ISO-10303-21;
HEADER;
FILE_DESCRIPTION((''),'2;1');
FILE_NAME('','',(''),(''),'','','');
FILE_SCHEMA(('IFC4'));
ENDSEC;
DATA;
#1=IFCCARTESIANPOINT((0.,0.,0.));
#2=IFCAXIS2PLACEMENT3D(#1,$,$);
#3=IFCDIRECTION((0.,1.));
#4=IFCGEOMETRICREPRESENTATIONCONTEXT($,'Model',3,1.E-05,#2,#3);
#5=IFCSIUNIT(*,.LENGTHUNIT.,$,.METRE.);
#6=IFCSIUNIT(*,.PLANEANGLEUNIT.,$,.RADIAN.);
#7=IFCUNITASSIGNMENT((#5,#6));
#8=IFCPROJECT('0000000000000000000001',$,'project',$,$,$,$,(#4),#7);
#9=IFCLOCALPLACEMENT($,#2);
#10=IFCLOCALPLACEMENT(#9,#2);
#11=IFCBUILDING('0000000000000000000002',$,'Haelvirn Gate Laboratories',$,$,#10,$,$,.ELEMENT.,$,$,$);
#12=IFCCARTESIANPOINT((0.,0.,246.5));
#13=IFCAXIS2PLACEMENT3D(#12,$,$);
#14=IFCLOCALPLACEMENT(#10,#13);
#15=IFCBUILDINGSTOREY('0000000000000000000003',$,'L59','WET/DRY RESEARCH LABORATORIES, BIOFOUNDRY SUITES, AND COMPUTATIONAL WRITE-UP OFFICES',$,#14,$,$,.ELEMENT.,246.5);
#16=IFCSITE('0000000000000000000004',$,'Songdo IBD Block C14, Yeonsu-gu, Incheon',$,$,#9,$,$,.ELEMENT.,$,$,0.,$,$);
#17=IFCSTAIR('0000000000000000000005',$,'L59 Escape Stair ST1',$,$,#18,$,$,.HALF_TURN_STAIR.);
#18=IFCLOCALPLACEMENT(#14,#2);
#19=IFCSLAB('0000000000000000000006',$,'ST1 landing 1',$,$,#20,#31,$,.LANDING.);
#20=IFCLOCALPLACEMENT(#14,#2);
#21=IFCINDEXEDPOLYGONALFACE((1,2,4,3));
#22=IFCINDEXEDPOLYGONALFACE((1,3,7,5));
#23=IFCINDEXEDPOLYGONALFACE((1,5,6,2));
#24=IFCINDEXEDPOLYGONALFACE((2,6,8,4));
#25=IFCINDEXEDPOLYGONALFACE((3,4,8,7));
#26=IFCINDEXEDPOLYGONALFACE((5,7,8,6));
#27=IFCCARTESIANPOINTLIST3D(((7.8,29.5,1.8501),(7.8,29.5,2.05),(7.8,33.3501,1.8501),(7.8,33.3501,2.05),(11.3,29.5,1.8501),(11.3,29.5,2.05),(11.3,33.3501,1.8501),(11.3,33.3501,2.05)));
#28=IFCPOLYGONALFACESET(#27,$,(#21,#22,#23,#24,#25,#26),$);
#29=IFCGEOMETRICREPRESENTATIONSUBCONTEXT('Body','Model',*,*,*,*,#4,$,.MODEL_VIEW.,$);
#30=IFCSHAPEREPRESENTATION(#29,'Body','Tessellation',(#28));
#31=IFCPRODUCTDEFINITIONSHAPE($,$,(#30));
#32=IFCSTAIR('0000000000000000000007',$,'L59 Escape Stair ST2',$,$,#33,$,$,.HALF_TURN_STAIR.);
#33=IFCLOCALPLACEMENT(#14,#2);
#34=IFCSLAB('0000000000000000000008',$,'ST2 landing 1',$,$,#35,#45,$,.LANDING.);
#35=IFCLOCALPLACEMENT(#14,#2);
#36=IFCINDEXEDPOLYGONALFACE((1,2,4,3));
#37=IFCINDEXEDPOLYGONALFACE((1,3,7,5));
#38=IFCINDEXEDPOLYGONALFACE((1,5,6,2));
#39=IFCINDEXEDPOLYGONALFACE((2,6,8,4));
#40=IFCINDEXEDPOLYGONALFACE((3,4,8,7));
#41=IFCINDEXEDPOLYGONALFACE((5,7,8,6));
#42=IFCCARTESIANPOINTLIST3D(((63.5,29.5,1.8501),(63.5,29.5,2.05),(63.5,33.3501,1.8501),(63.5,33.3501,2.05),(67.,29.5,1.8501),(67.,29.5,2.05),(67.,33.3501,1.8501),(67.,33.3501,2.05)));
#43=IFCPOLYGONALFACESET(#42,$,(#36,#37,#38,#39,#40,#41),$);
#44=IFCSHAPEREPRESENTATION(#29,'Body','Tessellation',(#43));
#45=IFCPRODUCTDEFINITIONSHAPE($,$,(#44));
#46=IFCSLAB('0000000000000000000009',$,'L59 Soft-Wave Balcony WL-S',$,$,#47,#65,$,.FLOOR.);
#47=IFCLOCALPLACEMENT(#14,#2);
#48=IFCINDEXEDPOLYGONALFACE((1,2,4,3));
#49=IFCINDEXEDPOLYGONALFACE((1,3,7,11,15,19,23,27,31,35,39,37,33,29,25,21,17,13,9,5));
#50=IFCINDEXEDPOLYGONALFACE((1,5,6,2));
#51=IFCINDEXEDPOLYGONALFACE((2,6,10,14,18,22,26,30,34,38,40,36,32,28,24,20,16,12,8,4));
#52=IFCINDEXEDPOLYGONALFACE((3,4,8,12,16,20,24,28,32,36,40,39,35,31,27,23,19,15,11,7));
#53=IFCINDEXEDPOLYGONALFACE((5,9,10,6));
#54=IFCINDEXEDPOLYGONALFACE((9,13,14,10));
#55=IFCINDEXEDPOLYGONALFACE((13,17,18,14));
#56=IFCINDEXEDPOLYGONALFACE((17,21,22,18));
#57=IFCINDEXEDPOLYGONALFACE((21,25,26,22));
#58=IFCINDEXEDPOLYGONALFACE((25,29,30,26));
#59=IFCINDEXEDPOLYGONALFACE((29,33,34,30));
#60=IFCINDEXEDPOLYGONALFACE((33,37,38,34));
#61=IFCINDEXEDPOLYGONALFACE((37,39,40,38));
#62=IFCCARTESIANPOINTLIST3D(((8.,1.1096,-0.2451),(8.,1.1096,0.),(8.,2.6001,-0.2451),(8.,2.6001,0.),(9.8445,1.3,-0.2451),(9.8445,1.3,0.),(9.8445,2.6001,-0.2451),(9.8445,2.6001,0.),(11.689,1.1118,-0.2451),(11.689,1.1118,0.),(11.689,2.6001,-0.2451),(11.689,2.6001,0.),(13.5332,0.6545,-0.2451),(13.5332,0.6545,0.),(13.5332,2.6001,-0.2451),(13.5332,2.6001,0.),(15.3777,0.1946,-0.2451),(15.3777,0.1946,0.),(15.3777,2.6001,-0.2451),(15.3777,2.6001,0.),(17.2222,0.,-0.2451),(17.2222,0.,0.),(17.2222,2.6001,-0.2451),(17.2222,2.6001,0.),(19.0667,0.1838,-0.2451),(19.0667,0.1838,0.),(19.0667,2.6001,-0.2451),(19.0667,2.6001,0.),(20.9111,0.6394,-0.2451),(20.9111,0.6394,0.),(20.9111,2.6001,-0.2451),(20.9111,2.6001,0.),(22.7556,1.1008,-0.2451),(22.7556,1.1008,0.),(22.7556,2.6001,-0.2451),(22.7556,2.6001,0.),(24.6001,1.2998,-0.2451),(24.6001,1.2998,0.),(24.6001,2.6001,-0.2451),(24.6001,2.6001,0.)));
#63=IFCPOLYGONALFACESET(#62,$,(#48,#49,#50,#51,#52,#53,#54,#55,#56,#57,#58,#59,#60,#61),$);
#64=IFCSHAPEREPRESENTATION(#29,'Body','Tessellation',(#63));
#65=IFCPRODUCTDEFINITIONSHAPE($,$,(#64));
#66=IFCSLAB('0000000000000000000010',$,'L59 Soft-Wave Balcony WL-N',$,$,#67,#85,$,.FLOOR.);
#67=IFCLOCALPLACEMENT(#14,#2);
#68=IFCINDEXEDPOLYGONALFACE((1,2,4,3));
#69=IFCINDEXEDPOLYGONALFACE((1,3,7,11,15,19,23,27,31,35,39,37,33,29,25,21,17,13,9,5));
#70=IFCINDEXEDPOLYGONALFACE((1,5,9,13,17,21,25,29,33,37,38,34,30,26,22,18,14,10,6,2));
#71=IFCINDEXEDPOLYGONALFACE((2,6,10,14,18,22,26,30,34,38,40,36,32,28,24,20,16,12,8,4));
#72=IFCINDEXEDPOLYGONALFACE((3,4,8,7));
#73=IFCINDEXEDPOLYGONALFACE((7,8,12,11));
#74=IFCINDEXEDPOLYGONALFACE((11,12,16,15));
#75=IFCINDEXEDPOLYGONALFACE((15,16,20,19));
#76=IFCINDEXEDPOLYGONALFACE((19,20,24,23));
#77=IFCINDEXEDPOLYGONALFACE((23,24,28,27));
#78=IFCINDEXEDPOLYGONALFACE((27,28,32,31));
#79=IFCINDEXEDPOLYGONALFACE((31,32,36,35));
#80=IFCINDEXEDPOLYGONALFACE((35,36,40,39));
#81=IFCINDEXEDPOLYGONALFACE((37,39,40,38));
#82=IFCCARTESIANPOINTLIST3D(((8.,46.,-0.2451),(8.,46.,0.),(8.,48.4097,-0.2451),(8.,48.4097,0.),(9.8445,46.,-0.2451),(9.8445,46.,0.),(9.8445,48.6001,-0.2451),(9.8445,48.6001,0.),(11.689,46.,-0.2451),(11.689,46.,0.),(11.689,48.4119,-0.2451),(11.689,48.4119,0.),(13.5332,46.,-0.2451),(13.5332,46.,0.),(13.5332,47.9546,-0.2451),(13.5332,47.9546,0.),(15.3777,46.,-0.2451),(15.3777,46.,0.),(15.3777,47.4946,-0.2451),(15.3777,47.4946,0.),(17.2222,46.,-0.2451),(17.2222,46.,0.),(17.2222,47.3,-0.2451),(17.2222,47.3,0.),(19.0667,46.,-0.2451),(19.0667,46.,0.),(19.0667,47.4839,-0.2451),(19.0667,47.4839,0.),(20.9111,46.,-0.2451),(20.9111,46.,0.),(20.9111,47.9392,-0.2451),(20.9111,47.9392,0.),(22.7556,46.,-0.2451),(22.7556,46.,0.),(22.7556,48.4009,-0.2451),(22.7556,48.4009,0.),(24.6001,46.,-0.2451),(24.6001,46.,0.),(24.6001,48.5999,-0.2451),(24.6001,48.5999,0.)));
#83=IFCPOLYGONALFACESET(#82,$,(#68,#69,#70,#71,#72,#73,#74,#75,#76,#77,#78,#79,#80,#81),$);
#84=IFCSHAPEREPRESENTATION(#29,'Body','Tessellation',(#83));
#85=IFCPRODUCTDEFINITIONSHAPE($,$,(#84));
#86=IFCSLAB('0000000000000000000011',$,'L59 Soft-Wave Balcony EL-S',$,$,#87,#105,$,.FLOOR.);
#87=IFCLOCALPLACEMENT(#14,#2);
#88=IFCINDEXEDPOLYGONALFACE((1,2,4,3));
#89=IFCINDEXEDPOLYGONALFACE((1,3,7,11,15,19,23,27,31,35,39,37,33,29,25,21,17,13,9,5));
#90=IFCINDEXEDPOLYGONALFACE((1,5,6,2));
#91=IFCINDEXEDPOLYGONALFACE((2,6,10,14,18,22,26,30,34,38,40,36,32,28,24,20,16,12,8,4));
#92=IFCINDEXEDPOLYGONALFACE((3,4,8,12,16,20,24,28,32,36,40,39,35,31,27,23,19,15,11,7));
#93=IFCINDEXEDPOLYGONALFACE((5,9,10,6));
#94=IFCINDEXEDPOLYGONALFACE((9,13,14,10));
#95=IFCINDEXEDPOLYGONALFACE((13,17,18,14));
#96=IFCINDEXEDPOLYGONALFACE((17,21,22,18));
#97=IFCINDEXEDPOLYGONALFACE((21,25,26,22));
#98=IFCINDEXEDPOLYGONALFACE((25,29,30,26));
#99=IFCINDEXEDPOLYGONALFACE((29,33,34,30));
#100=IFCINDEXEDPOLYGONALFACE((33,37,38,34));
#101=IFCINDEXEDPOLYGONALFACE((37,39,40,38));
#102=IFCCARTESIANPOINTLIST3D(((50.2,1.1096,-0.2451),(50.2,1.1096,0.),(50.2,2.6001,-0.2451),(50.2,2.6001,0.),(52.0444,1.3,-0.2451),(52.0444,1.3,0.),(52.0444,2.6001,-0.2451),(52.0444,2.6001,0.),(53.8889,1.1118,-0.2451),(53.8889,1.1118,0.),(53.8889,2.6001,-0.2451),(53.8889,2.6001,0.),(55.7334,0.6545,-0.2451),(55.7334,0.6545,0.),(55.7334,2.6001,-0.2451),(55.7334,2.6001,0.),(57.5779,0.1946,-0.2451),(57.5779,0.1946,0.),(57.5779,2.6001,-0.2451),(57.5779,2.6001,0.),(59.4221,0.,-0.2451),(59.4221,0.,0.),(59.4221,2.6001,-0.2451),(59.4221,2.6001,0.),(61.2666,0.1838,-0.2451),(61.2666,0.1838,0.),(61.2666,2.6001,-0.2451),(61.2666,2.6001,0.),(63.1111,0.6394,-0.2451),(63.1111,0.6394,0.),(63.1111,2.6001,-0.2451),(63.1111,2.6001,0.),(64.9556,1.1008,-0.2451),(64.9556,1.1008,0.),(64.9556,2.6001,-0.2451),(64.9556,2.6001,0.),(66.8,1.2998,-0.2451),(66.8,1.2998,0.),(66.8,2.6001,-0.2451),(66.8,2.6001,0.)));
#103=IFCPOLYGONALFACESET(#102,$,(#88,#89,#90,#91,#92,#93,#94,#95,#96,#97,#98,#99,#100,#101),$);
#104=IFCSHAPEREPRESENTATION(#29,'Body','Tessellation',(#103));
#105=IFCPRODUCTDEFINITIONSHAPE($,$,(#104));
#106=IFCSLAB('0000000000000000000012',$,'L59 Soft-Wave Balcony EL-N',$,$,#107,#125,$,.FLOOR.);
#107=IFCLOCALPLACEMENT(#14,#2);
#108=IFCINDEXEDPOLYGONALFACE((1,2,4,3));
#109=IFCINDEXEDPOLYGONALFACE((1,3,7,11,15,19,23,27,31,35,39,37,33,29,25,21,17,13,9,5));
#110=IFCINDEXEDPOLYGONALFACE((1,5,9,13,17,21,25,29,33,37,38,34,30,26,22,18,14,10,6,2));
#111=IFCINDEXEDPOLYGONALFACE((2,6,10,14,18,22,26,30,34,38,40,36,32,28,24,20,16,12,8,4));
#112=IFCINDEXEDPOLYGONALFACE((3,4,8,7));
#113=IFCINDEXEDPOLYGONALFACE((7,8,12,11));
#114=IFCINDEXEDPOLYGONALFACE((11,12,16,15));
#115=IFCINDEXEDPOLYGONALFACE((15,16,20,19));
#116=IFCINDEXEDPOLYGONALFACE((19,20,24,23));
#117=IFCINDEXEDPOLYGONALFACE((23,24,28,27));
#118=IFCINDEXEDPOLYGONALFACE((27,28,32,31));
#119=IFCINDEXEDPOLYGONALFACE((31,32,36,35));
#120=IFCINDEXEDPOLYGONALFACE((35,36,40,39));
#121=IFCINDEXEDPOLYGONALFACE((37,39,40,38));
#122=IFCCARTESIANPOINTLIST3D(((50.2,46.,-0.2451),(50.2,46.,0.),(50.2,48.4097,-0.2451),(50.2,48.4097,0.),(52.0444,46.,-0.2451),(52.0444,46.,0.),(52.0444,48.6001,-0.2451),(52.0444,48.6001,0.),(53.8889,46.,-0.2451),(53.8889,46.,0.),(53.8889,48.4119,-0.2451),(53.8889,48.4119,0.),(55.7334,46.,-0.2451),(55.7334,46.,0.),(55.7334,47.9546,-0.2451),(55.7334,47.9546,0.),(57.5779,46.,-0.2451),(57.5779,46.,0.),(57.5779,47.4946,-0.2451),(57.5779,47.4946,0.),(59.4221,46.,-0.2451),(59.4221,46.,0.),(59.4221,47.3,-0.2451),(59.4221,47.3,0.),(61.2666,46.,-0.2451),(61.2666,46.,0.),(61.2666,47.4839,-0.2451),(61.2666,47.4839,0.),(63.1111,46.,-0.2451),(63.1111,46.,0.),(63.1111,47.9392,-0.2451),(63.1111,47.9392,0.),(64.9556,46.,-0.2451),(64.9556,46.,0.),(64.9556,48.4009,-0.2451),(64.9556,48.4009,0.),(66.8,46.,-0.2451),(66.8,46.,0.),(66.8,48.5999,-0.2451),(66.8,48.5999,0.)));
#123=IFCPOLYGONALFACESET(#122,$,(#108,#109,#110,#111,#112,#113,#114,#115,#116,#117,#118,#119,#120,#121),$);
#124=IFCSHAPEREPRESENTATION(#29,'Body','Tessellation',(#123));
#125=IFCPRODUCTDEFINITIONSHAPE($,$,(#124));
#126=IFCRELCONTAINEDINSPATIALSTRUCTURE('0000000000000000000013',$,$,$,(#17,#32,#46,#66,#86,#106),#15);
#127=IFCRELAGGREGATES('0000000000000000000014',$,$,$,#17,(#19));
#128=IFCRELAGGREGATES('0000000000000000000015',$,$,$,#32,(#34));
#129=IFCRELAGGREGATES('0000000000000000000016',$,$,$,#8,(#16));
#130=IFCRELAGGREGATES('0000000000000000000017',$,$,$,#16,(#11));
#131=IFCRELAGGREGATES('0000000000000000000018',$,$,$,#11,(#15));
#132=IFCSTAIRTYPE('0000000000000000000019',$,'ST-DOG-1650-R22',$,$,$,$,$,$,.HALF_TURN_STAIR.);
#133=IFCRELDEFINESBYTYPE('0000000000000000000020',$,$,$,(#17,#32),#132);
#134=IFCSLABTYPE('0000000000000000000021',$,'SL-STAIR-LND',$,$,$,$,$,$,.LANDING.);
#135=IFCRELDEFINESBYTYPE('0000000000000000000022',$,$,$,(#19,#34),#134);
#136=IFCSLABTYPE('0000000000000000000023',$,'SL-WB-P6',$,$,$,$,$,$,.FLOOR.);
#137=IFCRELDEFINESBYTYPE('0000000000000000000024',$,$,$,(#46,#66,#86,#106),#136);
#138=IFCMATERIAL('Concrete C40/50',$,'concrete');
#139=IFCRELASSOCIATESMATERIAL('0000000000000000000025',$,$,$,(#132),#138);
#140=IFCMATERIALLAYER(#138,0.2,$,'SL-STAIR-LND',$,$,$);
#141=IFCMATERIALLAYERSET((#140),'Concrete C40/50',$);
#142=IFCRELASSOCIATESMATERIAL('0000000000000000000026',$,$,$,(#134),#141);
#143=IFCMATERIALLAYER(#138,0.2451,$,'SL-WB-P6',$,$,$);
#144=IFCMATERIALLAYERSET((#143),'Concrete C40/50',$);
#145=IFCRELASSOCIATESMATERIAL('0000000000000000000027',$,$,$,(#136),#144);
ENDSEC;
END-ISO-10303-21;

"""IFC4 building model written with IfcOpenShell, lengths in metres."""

from ifc_helpers import new_model, si_unit, direction, frame, origin, place, context, subcontext, project, spatial, polyline, outline, extrude, material, layer, layer_set, type_object, element, aggregate, save


model = new_model("IFC4")

# Units and contexts
model_context = context("Model", 3, precision=1e-05, world=origin(), true_north=direction((0.0, 1.0)))
body_context = subcontext(model_context, "Body", "Model", "MODEL_VIEW")
ifc_project = project(units=[si_unit("LENGTHUNIT", "METRE"), si_unit("PLANEANGLEUNIT", "RADIAN")], contexts=[model_context])

# Site, building, storey
site_placement = place(None, origin())
site = spatial("IfcSite", under=ifc_project, at=site_placement, Name="Songdo IBD Block C14, Yeonsu-gu, Incheon", CompositionType="ELEMENT", RefElevation=0.0)
building_placement = place(site_placement, origin())
building = spatial("IfcBuilding", under=site, at=building_placement, Name="Haelvirn Gate Laboratories", CompositionType="ELEMENT")
storey_placement = place(building_placement, frame((0.0, 0.0, 246.5)))
storey = spatial("IfcBuildingStorey", under=building, at=storey_placement, Name="L59", Description="WET/DRY RESEARCH LABORATORIES, BIOFOUNDRY SUITES, AND COMPUTATIONAL WRITE-UP OFFICES", CompositionType="ELEMENT", Elevation=246.5)

# Stairs, slabs
ifc_material_1 = material(Name="Concrete C40/50", Category="concrete")
stair_type = type_object("IfcStairType", Name="ST-DOG-1650-R22", PredefinedType="HALF_TURN_STAIR", material=ifc_material_1)
stair_1_placement = place(storey_placement, origin())
stair_1 = element("IfcStair", 1, at=stair_1_placement, inside=storey, type_object=stair_type, Name="L59 Escape Stair ST1", PredefinedType="HALF_TURN_STAIR")
ifc_layer_1 = layer(ifc_material_1, 0.2, Name="SL-STAIR-LND")
ifc_layer_set_1 = layer_set([ifc_layer_1], Name="Concrete C40/50")
slab_type_1 = type_object("IfcSlabType", Name="SL-STAIR-LND", PredefinedType="LANDING", material=ifc_layer_set_1)
slab_1_placement = place(storey_placement, frame((0.0, 0.0, 1.8501)))
slab_1 = element("IfcSlab", 2, at=slab_1_placement, type_object=slab_type_1, Name="ST1 landing 1", PredefinedType="LANDING", context=body_context, shape_type="SweptSolid", body=[
    extrude(outline(polyline([(11.3, 29.5), (11.3, 33.3501), (7.8, 33.3501), (7.8, 29.5), (11.3, 29.5)])), origin(), (0.0, 0.0, 1.0), 0.2),
])
aggregate(stair_1, [slab_1])
stair_2_placement = place(storey_placement, origin())
stair_2 = element("IfcStair", 3, at=stair_2_placement, inside=storey, type_object=stair_type, Name="L59 Escape Stair ST2", PredefinedType="HALF_TURN_STAIR")
slab_2_placement = place(storey_placement, frame((0.0, 0.0, 1.8501)))
slab_2 = element("IfcSlab", 4, at=slab_2_placement, type_object=slab_type_1, Name="ST2 landing 1", PredefinedType="LANDING", context=body_context, shape_type="SweptSolid", body=[
    extrude(outline(polyline([(67.0, 29.5), (67.0, 33.3501), (63.5, 33.3501), (63.5, 29.5), (67.0, 29.5)])), origin(), (0.0, 0.0, 1.0), 0.2),
])
aggregate(stair_2, [slab_2])

# Slabs
ifc_layer_2 = layer(ifc_material_1, 0.2451, Name="SL-WB-P6")
ifc_layer_set_2 = layer_set([ifc_layer_2], Name="Concrete C40/50")
slab_type_2 = type_object("IfcSlabType", Name="SL-WB-P6", PredefinedType="FLOOR", material=ifc_layer_set_2)
slab_3_placement = place(storey_placement, frame((0.0, 0.0, -0.2451)))
element("IfcSlab", 5, at=slab_3_placement, inside=storey, type_object=slab_type_2, Name="L59 Soft-Wave Balcony WL-S", PredefinedType="FLOOR", context=body_context, shape_type="SweptSolid", body=[
    extrude(outline(polyline([(8.0, 1.1096), (9.8445, 1.3), (11.689, 1.1118), (13.5332, 0.6545), (15.3777, 0.1946), (17.2222, 0.0), (19.0667, 0.1838), (20.9111, 0.6394), (22.7556, 1.1008), (24.6001, 1.2998), (24.6001, 2.6001), (22.7556, 2.6001), (20.9111, 2.6001), (19.0667, 2.6001), (17.2222, 2.6001), (15.3777, 2.6001), (13.5332, 2.6001), (11.689, 2.6001), (9.8445, 2.6001), (8.0, 2.6001), (8.0, 1.1096)])), origin(), (0.0, 0.0, 1.0), 0.2451),
])
slab_4_placement = place(storey_placement, frame((0.0, 0.0, -0.2451)))
element("IfcSlab", 6, at=slab_4_placement, inside=storey, type_object=slab_type_2, Name="L59 Soft-Wave Balcony WL-N", PredefinedType="FLOOR", context=body_context, shape_type="SweptSolid", body=[
    extrude(outline(polyline([(8.0, 46.0), (9.8445, 46.0), (11.689, 46.0), (13.5332, 46.0), (15.3777, 46.0), (17.2222, 46.0), (19.0667, 46.0), (20.9111, 46.0), (22.7556, 46.0), (24.6001, 46.0), (24.6001, 48.5999), (22.7556, 48.4009), (20.9111, 47.9392), (19.0667, 47.4839), (17.2222, 47.3), (15.3777, 47.4946), (13.5332, 47.9546), (11.689, 48.4119), (9.8445, 48.6001), (8.0, 48.4097), (8.0, 46.0)])), origin(), (0.0, 0.0, 1.0), 0.2451),
])
slab_5_placement = place(storey_placement, frame((0.0, 0.0, -0.2451)))
element("IfcSlab", 7, at=slab_5_placement, inside=storey, type_object=slab_type_2, Name="L59 Soft-Wave Balcony EL-S", PredefinedType="FLOOR", context=body_context, shape_type="SweptSolid", body=[
    extrude(outline(polyline([(50.2, 1.1096), (52.0444, 1.3), (53.8889, 1.1118), (55.7334, 0.6545), (57.5779, 0.1946), (59.4221, 0.0), (61.2666, 0.1838), (63.1111, 0.6394), (64.9556, 1.1008), (66.8, 1.2998), (66.8, 2.6001), (64.9556, 2.6001), (63.1111, 2.6001), (61.2666, 2.6001), (59.4221, 2.6001), (57.5779, 2.6001), (55.7334, 2.6001), (53.8889, 2.6001), (52.0444, 2.6001), (50.2, 2.6001), (50.2, 1.1096)])), origin(), (0.0, 0.0, 1.0), 0.2451),
])
slab_6_placement = place(storey_placement, frame((0.0, 0.0, -0.2451)))
element("IfcSlab", 8, at=slab_6_placement, inside=storey, type_object=slab_type_2, Name="L59 Soft-Wave Balcony EL-N", PredefinedType="FLOOR", context=body_context, shape_type="SweptSolid", body=[
    extrude(outline(polyline([(50.2, 46.0), (52.0444, 46.0), (53.8889, 46.0), (55.7334, 46.0), (57.5779, 46.0), (59.4221, 46.0), (61.2666, 46.0), (63.1111, 46.0), (64.9556, 46.0), (66.8, 46.0), (66.8, 48.5999), (64.9556, 48.4009), (63.1111, 47.9392), (61.2666, 47.4839), (59.4221, 47.3), (57.5779, 47.4946), (55.7334, 47.9546), (53.8889, 48.4119), (52.0444, 48.6001), (50.2, 48.4097), (50.2, 46.0)])), origin(), (0.0, 0.0, 1.0), 0.2451),
])

save(model, "model.ifc")
